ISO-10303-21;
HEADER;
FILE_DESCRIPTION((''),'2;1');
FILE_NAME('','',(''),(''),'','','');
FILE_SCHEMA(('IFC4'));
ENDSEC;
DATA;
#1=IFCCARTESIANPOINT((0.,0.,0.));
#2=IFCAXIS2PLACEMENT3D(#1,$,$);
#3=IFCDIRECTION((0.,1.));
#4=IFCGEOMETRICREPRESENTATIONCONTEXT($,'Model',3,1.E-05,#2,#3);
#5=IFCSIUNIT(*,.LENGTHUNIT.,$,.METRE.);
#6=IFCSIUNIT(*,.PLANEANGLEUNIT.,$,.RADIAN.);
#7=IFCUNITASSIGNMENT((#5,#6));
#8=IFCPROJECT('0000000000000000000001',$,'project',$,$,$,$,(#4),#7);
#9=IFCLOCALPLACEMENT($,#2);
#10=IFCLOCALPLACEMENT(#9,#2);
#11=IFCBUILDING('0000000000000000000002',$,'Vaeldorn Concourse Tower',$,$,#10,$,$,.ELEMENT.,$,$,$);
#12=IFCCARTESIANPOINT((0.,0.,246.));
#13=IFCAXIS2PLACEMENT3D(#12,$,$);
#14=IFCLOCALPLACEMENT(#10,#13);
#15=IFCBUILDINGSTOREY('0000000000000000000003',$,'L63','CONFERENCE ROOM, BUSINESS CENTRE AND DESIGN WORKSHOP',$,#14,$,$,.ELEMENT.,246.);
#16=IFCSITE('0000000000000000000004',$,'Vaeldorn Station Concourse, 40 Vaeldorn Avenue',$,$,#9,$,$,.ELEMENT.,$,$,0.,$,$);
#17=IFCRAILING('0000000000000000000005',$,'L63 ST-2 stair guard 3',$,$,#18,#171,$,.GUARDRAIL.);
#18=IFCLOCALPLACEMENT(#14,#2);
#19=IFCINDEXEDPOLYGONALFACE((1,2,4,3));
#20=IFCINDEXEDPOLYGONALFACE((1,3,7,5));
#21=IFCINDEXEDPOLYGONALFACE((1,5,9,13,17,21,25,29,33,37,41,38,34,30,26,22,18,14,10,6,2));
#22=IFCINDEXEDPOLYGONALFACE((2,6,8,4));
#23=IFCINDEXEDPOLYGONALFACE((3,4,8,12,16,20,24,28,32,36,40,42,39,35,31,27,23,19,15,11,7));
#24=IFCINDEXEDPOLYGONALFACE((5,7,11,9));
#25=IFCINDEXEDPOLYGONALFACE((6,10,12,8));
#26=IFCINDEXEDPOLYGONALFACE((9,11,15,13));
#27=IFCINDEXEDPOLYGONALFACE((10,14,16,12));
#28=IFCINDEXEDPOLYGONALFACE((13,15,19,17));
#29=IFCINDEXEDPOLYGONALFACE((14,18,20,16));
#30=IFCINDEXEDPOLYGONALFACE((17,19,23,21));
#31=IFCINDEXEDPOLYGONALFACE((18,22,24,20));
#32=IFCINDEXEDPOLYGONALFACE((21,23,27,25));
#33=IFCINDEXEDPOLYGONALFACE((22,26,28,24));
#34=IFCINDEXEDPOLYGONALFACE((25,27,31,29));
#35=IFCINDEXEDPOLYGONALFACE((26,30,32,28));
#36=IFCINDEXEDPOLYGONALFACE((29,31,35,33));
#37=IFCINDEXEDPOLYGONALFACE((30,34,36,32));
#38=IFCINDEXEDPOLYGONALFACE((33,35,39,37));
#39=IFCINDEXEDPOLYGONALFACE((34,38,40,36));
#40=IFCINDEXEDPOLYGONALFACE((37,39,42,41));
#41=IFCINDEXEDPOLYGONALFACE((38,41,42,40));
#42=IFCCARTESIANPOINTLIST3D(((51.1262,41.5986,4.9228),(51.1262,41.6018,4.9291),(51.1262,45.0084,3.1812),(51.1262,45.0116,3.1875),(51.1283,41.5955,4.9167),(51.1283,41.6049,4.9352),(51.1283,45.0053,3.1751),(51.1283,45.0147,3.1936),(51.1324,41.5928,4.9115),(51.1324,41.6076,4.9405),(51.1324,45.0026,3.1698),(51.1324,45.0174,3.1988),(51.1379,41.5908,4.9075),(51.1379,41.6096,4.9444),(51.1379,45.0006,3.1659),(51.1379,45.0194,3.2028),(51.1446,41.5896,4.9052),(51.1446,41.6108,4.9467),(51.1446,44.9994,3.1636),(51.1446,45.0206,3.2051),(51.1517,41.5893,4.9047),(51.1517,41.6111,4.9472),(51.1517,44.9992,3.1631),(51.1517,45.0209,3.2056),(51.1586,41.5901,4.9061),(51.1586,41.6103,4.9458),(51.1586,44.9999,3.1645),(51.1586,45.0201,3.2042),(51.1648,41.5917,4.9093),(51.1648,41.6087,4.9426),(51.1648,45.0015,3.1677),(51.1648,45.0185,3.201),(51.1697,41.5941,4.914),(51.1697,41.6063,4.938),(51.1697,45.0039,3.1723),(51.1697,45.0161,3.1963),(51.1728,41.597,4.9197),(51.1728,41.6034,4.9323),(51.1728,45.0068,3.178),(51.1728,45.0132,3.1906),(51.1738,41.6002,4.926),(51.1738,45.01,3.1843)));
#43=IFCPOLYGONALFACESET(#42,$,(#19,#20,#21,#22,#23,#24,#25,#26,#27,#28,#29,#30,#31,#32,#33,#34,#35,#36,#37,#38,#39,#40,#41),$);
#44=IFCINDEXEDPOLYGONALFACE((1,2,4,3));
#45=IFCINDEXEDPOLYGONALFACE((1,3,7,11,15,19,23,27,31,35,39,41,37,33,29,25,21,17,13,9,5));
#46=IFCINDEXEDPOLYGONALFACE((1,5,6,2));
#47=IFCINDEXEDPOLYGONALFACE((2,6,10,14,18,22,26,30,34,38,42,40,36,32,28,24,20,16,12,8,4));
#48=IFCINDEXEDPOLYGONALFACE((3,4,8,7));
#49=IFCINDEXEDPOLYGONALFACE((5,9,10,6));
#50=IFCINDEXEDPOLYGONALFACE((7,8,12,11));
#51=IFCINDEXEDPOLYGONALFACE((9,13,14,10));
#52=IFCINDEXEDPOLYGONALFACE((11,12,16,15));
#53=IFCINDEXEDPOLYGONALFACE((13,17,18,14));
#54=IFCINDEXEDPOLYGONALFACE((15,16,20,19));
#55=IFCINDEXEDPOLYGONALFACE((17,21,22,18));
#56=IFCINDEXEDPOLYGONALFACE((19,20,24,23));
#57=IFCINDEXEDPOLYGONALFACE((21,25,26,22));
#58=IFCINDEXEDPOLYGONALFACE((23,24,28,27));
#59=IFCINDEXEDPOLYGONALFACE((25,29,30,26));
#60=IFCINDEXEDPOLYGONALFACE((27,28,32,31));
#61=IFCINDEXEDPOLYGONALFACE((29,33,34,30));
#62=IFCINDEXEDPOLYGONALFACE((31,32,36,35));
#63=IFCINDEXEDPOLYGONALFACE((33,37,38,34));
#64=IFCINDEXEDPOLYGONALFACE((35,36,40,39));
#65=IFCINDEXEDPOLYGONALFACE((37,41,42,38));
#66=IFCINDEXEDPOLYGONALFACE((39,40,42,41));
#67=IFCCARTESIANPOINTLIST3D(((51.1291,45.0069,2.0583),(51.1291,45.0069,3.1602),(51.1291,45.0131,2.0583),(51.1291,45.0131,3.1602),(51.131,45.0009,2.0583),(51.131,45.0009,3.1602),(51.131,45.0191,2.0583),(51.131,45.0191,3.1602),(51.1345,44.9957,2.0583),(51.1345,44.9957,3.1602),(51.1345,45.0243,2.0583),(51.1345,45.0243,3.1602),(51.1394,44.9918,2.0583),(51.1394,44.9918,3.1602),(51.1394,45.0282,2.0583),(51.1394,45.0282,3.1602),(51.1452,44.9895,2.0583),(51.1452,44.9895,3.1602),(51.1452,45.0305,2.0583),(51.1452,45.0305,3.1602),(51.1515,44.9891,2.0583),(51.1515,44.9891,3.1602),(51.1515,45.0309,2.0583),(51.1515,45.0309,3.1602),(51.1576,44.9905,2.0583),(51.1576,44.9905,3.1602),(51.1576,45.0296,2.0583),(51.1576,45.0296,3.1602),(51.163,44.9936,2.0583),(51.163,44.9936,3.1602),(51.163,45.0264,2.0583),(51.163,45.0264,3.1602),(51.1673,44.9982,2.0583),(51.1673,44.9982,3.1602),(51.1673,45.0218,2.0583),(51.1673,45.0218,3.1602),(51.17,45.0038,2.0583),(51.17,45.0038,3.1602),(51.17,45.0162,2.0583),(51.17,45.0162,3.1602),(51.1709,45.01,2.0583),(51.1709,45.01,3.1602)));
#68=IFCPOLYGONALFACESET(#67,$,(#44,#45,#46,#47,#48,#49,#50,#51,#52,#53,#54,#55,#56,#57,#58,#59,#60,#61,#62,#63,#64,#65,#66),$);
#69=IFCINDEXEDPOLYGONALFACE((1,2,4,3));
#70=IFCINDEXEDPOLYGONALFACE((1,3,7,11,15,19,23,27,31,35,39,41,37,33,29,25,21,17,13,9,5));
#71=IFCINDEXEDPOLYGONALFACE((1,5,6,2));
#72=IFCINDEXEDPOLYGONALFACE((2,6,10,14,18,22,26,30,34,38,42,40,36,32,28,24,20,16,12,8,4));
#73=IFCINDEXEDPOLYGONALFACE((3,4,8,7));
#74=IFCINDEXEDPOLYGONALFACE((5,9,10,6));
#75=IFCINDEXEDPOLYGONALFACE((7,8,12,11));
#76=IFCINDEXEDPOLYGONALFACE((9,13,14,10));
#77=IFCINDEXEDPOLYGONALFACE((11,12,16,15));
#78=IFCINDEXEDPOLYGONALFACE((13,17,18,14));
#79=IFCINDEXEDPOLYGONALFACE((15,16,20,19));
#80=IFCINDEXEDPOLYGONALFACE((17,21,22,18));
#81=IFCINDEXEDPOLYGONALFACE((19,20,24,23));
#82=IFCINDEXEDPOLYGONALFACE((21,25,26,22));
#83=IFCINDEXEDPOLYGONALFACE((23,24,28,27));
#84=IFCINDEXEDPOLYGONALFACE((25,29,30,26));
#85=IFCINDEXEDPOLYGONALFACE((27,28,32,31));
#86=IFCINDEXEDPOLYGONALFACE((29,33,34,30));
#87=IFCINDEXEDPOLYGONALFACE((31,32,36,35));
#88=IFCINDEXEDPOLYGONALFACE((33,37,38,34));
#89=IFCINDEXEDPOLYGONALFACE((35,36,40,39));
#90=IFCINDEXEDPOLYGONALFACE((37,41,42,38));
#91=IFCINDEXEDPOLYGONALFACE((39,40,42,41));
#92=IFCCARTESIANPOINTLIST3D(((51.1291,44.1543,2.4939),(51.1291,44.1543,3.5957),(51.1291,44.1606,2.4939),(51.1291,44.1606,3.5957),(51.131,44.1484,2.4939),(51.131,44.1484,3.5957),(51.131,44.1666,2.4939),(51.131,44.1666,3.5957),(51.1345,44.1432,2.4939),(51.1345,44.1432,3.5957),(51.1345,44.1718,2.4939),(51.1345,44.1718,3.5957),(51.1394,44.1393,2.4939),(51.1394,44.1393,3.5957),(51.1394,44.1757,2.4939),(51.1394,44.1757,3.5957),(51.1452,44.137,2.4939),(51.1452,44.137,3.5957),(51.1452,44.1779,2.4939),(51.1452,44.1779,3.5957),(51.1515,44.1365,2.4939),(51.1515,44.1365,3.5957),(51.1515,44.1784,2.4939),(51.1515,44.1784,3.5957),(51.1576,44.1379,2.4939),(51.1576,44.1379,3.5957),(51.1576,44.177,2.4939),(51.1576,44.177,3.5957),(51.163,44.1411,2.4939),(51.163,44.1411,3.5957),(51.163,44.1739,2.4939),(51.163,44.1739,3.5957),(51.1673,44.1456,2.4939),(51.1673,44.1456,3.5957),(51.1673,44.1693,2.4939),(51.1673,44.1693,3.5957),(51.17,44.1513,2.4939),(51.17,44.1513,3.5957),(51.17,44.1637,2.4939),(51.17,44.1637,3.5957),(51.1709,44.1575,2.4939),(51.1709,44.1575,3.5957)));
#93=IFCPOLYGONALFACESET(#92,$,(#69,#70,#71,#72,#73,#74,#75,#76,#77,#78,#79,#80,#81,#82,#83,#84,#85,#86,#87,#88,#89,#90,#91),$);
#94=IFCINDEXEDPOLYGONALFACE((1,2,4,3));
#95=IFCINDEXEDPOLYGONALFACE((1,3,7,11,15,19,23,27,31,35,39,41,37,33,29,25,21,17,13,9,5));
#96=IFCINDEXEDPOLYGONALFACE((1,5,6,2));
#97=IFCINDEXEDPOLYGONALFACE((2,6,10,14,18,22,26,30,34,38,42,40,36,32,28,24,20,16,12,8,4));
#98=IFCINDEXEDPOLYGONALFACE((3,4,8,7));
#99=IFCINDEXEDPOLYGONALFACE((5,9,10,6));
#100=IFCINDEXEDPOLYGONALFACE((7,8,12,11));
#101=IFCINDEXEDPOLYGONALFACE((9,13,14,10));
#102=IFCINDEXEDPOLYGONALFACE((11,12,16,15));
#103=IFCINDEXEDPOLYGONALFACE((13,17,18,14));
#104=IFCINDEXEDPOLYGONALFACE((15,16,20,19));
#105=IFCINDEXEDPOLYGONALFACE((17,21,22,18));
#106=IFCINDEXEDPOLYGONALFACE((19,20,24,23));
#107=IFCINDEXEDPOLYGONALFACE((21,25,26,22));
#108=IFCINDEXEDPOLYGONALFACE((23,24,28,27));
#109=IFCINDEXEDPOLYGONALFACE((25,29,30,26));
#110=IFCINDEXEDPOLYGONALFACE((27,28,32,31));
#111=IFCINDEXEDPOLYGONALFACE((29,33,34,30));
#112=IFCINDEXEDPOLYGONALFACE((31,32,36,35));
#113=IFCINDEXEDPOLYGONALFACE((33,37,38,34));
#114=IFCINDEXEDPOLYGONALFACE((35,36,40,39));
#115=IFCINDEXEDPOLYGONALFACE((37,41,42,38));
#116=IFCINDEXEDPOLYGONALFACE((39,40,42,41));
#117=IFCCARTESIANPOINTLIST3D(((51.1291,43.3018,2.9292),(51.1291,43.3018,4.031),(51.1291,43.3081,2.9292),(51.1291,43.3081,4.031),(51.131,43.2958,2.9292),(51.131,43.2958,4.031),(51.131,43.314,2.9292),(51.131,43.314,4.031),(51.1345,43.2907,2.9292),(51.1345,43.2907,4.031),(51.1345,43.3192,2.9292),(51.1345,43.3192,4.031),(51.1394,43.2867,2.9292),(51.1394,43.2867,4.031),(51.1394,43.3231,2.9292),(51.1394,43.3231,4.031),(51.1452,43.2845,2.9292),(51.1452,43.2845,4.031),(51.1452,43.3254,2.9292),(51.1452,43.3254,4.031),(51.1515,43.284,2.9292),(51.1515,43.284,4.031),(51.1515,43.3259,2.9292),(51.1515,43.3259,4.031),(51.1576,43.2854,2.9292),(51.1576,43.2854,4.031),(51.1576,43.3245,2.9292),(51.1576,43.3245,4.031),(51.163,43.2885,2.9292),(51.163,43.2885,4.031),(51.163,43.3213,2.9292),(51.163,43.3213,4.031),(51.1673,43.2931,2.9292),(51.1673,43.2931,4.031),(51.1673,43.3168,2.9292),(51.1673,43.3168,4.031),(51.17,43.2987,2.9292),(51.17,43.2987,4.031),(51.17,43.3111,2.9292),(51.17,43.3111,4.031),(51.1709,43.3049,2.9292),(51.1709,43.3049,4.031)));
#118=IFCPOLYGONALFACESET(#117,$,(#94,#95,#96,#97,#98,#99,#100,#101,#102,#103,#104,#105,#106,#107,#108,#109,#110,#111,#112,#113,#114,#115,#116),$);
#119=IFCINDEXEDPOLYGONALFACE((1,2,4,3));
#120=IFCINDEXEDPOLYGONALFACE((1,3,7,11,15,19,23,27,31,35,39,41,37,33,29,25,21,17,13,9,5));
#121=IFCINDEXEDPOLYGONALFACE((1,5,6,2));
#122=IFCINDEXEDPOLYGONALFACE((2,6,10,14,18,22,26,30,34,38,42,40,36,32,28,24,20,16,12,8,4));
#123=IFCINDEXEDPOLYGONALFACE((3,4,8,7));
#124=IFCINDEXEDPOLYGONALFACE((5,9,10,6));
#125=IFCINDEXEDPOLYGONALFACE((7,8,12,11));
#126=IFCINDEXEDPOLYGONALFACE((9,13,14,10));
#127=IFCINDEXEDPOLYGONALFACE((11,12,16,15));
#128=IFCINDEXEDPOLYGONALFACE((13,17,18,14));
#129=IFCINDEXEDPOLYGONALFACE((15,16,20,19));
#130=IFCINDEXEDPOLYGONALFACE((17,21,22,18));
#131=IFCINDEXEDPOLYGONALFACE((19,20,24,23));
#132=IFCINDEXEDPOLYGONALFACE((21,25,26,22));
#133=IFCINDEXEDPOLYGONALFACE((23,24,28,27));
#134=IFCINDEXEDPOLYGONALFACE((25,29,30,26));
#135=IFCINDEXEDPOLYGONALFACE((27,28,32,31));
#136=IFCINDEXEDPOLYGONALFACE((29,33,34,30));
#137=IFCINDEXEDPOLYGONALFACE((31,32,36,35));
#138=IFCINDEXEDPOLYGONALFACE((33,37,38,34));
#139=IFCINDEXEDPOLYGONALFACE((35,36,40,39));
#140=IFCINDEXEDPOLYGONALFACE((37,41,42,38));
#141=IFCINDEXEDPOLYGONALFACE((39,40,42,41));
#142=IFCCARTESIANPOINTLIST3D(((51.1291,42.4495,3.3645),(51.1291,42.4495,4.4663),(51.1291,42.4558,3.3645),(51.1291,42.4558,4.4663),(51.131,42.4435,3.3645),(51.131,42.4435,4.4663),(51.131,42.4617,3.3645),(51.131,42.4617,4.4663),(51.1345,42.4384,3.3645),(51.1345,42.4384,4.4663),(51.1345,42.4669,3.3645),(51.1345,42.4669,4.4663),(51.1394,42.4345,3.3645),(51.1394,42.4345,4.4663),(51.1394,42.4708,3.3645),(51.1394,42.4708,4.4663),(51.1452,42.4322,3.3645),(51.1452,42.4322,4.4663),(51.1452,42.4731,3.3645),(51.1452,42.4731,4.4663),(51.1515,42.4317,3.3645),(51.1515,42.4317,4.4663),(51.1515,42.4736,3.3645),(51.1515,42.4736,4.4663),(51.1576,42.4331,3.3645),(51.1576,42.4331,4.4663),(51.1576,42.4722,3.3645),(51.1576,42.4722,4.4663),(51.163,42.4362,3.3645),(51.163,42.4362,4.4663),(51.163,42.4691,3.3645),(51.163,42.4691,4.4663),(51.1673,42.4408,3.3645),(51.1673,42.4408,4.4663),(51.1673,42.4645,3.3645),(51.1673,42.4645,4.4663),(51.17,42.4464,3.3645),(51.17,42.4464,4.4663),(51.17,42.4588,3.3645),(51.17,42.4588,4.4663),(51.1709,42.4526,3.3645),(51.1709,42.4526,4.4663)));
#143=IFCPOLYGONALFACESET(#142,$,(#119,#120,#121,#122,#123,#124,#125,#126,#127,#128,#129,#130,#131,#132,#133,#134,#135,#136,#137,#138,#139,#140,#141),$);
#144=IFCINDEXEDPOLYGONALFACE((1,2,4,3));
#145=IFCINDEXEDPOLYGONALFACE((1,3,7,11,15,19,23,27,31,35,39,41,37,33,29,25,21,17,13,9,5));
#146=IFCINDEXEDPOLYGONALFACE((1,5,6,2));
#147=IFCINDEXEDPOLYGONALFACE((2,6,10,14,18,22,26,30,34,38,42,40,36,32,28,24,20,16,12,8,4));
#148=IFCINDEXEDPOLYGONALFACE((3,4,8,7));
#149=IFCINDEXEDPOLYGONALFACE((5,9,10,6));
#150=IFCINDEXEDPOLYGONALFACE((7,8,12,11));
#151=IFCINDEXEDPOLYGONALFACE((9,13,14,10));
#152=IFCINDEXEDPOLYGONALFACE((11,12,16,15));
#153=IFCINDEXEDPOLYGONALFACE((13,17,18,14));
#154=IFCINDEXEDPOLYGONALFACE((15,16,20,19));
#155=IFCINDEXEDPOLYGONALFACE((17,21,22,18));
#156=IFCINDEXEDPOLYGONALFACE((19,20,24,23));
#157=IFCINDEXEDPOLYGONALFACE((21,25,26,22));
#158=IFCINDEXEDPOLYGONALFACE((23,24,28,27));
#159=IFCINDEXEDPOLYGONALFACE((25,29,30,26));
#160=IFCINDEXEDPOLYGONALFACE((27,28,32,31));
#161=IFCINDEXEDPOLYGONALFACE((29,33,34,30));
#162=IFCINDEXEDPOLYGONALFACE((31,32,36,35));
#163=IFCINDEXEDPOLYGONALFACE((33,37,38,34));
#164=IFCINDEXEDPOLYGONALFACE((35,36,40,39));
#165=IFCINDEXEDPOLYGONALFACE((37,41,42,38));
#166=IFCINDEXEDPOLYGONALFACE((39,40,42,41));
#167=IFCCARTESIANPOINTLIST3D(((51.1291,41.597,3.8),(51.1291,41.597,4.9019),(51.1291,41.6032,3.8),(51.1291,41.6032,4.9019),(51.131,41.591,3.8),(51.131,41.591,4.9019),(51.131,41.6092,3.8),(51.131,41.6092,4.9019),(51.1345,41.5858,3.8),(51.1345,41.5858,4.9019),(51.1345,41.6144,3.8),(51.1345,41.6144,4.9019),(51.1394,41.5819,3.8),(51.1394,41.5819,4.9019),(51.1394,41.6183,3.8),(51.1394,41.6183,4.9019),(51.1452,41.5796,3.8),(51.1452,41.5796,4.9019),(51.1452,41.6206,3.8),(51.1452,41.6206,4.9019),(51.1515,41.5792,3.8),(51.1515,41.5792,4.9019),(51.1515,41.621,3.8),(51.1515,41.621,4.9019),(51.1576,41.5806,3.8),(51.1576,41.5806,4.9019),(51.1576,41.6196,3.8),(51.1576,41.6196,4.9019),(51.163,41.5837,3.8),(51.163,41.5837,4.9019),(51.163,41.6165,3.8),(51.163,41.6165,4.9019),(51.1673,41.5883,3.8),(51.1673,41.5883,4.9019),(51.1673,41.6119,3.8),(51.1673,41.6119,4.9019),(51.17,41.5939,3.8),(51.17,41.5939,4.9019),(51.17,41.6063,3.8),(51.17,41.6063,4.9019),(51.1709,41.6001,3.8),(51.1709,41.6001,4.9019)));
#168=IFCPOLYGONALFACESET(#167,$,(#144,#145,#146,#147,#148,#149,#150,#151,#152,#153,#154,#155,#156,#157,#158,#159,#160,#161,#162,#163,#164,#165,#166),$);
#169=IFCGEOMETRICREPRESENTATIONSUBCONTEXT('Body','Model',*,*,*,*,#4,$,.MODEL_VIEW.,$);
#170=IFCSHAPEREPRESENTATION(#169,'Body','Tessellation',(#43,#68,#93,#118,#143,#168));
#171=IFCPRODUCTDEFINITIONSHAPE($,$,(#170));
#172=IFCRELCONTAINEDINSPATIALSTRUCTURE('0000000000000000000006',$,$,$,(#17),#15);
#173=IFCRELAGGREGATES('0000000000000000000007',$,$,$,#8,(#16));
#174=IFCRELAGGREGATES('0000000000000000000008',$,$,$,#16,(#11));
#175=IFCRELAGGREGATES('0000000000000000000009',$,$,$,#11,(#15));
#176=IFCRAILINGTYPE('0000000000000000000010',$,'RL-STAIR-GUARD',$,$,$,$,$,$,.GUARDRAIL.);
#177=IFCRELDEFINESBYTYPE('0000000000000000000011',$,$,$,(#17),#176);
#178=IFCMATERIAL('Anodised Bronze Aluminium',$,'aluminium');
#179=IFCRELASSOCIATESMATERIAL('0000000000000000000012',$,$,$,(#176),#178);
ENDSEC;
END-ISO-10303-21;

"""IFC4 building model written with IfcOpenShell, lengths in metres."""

from ifc_helpers import new_model, si_unit, direction, frame, origin, origin_2d, place, context, subcontext, project, spatial, circle, extrude, material, type_object, element, save


model = new_model("IFC4")

# Units and contexts
model_context = context("Model", 3, precision=1e-05, world=origin(), true_north=direction((0.0, 1.0)))
body_context = subcontext(model_context, "Body", "Model", "MODEL_VIEW")
ifc_project = project(units=[si_unit("LENGTHUNIT", "METRE"), si_unit("PLANEANGLEUNIT", "RADIAN")], contexts=[model_context])

# Site, building, storey
site_placement = place(None, origin())
site = spatial("IfcSite", under=ifc_project, at=site_placement, Name="Vaeldorn Station Concourse, 40 Vaeldorn Avenue", CompositionType="ELEMENT", RefElevation=0.0)
building_placement = place(site_placement, origin())
building = spatial("IfcBuilding", under=site, at=building_placement, Name="Vaeldorn Concourse Tower", CompositionType="ELEMENT")
storey_placement = place(building_placement, frame((0.0, 0.0, 246.0)))
storey = spatial("IfcBuildingStorey", under=building, at=storey_placement, Name="L63", Description="CONFERENCE ROOM, BUSINESS CENTRE AND DESIGN WORKSHOP", CompositionType="ELEMENT", Elevation=246.0)

# Shared definitions
ifc_material_1 = material(Name="Anodised Bronze Aluminium", Category="aluminium")

# Railing
railing_type_1 = type_object("IfcRailingType", Name="RL-STAIR-GUARD", PredefinedType="GUARDRAIL", material=ifc_material_1)
railing_1_placement = place(storey_placement, frame((51.1499, 45.01, 2.0583)))
element("IfcRailing", 1, at=railing_1_placement, inside=storey, type_object=railing_type_1, Name="L63 ST-2 stair guard 3", PredefinedType="GUARDRAIL", context=body_context, shape_type="SweptSolid", body=[
    extrude(circle(Radius=0.0239, at=origin_2d()), frame((0.0, 0.0, 1.126), z_axis=(0.0, -0.890556, 0.454874), x_axis=(1.0, 0.0, 0.0)), (0.0, 0.0, 1.0), 3.8289),
    extrude(circle(Radius=0.021, at=origin_2d()), origin(), (0.0, 0.0, 1.0), 1.1018),
    extrude(circle(Radius=0.021, at=origin_2d()), frame((0.0, -0.8525, 0.4355)), (0.0, 0.0, 1.0), 1.1018),
    extrude(circle(Radius=0.021, at=origin_2d()), frame((0.0, -1.7051, 0.8708)), (0.0, 0.0, 1.0), 1.1018),
    extrude(circle(Radius=0.021, at=origin_2d()), frame((0.0, -2.5574, 1.3062)), (0.0, 0.0, 1.0), 1.1018),
    extrude(circle(Radius=0.021, at=origin_2d()), frame((0.0, -3.4099, 1.7417)), (0.0, 0.0, 1.0), 1.1018),
])

save(model, "model.ifc")
